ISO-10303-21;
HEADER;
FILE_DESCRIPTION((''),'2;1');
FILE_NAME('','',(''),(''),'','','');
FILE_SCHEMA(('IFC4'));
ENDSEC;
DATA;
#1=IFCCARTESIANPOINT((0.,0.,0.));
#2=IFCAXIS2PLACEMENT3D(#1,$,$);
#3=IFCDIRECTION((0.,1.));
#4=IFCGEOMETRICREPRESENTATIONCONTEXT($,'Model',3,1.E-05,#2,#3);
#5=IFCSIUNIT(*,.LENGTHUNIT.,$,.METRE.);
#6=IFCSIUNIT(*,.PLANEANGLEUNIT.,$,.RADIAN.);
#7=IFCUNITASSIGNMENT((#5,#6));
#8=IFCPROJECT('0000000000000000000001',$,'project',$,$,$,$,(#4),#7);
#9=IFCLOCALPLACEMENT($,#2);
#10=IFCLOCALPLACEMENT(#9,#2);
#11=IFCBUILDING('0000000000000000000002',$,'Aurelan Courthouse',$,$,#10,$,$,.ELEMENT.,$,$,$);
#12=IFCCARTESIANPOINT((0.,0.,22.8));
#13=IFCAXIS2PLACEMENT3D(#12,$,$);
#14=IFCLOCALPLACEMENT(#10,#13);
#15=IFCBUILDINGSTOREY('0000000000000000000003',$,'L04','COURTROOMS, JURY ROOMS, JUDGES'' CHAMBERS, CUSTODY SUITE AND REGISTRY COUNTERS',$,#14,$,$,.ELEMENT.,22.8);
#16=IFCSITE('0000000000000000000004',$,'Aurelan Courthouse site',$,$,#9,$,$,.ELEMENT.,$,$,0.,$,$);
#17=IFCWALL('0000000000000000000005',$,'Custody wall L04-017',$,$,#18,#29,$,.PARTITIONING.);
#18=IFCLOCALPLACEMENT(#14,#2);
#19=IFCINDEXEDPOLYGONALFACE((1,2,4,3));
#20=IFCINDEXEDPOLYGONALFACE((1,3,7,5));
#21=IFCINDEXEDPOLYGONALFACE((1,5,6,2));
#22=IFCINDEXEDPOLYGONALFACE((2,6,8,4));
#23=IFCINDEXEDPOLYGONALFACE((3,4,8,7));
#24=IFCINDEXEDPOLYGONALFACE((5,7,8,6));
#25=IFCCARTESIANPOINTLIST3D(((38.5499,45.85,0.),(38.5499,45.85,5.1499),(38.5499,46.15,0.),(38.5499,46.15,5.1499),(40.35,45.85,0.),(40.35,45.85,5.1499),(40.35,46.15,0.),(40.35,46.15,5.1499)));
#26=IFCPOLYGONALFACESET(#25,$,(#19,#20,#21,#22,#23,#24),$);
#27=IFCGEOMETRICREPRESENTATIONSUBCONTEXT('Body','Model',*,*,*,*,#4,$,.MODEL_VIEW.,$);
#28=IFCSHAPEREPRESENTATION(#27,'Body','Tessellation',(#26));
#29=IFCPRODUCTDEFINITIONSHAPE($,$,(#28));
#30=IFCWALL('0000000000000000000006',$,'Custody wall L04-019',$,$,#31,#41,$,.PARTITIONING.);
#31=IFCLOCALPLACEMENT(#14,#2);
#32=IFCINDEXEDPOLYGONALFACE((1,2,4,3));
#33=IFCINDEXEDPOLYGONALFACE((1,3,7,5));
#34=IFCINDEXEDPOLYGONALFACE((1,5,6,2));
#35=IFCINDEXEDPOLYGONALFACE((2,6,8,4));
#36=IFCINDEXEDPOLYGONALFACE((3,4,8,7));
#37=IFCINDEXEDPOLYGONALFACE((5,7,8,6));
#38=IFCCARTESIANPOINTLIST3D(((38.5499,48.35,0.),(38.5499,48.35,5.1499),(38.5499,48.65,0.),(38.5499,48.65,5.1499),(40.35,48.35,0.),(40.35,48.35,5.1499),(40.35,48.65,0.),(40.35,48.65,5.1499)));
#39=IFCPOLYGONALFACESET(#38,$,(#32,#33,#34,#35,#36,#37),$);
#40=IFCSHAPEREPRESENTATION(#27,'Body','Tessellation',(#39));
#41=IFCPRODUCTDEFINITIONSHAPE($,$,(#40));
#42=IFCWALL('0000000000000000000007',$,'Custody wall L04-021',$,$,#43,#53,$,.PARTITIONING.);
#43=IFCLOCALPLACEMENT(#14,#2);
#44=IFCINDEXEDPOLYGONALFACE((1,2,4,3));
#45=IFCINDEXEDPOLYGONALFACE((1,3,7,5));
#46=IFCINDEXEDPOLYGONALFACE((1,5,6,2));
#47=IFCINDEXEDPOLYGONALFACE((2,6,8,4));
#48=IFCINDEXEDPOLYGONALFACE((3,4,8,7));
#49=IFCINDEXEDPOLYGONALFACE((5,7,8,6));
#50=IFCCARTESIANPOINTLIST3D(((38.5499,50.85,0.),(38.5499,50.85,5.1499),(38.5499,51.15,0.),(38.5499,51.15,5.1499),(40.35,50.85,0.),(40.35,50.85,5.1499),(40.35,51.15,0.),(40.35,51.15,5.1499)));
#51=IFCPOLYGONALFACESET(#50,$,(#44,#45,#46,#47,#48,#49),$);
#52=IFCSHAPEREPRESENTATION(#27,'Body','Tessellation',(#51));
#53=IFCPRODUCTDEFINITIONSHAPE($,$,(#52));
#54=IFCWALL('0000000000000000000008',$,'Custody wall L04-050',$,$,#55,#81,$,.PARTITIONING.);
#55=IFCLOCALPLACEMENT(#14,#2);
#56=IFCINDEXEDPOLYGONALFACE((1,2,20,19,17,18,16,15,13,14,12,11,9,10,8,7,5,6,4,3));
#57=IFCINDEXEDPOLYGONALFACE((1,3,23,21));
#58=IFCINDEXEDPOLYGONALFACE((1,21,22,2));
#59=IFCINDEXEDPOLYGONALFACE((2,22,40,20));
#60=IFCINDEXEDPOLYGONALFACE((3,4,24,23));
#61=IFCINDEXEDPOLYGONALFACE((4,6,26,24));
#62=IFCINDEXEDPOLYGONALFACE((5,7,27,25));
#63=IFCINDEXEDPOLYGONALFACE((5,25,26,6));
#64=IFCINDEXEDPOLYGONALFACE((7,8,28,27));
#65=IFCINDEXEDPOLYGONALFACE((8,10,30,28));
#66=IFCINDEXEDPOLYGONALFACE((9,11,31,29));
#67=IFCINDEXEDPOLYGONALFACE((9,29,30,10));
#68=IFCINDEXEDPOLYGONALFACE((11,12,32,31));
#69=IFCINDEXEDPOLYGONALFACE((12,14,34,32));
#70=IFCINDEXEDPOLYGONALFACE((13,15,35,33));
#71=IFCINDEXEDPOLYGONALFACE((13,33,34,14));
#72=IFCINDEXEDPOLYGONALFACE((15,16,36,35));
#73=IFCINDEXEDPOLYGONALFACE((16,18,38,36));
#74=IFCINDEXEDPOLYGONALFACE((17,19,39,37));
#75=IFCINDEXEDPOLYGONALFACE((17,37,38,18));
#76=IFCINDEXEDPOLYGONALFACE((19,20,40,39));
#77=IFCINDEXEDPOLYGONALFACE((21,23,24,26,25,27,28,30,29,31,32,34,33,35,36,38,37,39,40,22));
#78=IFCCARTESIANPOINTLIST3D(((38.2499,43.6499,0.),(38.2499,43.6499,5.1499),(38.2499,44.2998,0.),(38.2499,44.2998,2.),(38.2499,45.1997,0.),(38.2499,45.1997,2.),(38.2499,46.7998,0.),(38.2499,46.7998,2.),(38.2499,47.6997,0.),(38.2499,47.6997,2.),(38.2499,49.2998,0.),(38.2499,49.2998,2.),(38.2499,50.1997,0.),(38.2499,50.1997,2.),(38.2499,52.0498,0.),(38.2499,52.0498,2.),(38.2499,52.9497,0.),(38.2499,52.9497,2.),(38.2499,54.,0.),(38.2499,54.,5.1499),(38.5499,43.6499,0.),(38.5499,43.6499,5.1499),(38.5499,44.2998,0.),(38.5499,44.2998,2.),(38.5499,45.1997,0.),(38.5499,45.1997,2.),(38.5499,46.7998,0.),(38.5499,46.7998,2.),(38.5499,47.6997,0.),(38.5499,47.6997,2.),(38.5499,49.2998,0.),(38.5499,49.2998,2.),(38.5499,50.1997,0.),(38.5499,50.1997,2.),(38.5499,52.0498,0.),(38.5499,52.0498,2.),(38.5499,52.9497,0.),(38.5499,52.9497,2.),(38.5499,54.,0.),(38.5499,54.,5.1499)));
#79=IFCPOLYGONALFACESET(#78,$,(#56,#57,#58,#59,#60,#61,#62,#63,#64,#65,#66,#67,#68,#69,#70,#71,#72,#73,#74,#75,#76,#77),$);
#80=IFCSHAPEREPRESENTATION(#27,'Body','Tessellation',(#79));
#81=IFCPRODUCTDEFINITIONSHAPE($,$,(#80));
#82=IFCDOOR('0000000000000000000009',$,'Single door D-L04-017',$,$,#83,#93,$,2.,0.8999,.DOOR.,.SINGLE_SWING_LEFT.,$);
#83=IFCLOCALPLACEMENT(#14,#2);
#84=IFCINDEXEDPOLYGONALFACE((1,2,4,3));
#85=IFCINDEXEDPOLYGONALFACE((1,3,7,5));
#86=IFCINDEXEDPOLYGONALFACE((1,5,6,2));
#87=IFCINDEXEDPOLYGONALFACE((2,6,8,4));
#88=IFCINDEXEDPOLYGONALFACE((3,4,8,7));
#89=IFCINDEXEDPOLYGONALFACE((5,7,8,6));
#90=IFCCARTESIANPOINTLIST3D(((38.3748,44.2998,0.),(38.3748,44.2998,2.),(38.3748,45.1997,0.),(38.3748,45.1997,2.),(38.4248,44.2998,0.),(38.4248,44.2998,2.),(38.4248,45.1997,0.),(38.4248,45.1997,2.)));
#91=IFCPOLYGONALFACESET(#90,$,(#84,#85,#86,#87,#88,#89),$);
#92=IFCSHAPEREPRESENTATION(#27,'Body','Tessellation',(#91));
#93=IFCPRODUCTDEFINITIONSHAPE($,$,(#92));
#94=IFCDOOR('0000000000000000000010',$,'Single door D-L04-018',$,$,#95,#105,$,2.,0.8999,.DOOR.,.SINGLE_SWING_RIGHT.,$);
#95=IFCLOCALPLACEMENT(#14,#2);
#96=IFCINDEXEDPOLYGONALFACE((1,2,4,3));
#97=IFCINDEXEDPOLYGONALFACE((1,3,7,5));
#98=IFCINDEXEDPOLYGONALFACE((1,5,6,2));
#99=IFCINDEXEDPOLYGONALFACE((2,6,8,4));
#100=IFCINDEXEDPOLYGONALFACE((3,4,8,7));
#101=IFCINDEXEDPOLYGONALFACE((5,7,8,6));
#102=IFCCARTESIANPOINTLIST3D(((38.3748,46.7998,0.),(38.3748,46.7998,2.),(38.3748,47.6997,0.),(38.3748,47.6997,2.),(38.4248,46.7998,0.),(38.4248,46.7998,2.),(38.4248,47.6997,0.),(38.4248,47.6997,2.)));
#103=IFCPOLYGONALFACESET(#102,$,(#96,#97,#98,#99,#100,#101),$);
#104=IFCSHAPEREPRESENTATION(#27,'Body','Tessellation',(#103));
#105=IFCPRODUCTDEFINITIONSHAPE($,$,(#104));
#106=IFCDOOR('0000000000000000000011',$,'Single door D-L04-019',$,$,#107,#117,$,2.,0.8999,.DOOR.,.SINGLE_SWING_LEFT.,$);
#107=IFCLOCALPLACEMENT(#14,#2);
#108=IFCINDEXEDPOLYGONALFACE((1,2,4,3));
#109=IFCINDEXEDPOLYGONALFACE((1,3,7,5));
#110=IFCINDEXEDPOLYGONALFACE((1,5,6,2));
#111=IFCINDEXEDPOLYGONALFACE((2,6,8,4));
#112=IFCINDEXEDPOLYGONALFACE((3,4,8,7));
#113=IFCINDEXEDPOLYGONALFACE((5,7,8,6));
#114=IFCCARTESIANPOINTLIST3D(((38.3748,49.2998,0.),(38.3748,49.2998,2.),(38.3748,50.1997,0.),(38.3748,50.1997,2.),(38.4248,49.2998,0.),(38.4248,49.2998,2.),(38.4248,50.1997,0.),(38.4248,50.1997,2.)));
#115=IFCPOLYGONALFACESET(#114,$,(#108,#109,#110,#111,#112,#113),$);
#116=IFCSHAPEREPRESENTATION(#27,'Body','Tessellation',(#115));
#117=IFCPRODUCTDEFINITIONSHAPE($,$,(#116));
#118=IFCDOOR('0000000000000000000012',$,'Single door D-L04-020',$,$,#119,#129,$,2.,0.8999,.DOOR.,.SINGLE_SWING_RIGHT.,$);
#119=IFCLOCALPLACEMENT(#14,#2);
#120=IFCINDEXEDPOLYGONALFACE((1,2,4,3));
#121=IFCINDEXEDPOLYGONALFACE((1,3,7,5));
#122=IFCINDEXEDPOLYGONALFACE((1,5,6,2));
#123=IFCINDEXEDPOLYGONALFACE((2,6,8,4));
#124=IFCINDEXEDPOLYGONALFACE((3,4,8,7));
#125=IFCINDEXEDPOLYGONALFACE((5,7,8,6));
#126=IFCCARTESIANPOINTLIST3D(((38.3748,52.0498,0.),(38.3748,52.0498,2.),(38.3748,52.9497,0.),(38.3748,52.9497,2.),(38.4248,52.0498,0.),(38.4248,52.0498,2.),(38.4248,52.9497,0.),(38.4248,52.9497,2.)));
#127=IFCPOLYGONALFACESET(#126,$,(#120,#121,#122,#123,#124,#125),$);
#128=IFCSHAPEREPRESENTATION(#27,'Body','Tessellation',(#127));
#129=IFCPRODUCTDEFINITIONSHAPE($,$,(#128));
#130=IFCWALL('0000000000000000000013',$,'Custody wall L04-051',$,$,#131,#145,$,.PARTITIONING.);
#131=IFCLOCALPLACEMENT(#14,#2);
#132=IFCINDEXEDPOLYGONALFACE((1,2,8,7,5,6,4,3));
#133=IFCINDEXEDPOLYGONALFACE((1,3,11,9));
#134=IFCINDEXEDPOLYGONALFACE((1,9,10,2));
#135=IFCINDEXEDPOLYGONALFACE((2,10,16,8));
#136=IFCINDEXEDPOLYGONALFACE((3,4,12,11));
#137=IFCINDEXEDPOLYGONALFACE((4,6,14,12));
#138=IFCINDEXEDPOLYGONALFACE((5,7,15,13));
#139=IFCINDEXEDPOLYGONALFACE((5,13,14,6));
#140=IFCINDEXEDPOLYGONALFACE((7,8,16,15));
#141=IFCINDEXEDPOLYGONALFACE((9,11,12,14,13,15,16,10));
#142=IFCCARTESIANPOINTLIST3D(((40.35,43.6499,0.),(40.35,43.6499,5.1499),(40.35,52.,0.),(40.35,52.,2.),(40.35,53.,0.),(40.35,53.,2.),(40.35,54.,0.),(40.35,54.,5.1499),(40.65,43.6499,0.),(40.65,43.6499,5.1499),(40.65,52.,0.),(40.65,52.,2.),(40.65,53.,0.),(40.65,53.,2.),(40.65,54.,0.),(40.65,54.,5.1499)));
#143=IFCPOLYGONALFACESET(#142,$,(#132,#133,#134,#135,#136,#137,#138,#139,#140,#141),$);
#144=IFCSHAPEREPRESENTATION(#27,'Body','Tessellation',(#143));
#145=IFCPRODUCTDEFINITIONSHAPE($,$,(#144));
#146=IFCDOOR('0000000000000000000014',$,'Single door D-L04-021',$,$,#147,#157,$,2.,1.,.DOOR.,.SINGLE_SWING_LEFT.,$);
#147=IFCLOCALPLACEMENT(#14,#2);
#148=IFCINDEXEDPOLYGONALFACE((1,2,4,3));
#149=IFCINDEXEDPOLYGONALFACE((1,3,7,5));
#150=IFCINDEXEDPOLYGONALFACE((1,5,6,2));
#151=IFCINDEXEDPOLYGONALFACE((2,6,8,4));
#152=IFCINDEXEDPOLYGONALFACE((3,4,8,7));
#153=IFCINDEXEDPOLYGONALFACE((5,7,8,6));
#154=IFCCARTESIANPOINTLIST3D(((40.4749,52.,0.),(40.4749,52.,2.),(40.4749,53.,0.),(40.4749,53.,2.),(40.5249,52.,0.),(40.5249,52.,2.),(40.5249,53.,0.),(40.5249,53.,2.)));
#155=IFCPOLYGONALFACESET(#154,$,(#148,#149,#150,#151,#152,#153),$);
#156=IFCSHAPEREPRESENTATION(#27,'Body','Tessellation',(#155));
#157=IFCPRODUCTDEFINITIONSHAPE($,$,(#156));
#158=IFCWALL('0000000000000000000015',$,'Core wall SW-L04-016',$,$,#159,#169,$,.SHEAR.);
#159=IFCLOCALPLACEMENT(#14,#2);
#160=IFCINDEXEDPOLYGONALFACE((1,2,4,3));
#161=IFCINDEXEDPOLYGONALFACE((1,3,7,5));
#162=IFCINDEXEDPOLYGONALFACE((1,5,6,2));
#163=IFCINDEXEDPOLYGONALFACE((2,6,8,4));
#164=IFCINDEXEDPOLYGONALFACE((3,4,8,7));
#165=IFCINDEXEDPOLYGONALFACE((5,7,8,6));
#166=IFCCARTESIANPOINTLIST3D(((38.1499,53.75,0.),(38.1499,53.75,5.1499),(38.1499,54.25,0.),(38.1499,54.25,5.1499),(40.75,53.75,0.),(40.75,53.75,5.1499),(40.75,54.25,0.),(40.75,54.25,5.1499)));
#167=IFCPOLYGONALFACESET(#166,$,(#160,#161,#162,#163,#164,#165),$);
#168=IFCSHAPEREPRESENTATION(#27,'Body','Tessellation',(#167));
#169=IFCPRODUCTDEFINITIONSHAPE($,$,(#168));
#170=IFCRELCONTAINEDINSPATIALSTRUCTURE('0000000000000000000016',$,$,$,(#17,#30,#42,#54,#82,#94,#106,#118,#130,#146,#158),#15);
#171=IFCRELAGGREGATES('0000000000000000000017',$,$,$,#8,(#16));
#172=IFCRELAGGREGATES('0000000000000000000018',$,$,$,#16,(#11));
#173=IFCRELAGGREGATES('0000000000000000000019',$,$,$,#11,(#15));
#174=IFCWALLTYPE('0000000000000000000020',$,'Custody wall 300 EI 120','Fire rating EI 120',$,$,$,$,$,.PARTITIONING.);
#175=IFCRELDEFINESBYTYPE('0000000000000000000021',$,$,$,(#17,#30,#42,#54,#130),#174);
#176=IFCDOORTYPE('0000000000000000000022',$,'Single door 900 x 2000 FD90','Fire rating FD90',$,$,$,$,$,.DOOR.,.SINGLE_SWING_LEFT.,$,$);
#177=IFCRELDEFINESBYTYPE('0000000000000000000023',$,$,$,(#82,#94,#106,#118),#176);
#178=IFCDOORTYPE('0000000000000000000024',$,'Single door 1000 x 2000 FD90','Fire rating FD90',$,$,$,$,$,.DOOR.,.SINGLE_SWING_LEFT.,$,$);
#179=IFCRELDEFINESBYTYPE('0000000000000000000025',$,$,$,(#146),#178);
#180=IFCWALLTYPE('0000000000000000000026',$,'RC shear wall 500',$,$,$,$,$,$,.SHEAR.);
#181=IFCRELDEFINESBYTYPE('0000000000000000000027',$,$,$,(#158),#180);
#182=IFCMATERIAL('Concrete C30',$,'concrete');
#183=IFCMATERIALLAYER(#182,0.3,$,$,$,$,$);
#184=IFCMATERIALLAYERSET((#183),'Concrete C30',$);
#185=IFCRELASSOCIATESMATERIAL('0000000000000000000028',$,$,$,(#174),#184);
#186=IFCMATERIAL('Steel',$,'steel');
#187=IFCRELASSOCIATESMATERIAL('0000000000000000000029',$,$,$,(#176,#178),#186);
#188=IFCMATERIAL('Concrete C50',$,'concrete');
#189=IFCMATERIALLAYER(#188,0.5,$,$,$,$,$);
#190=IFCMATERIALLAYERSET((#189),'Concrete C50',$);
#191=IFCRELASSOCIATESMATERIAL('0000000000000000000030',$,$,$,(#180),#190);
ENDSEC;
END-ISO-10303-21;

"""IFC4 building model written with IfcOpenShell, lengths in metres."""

from ifc_helpers import new_model, si_unit, direction, frame, frame_2d, origin, place, context, subcontext, project, spatial, rectangle, extrude, material, layer, layer_set, type_object, element, fill, save


model = new_model("IFC4")

# Units and contexts
model_context = context("Model", 3, precision=1e-05, world=origin(), true_north=direction((0.0, 1.0)))
body_context = subcontext(model_context, "Body", "Model", "MODEL_VIEW")
ifc_project = project(units=[si_unit("LENGTHUNIT", "METRE"), si_unit("PLANEANGLEUNIT", "RADIAN")], contexts=[model_context])

# Site, building, storey
site_placement = place(None, origin())
site = spatial("IfcSite", under=ifc_project, at=site_placement, Name="Aurelan Courthouse site", CompositionType="ELEMENT", RefElevation=0.0)
building_placement = place(site_placement, origin())
building = spatial("IfcBuilding", under=site, at=building_placement, Name="Aurelan Courthouse", CompositionType="ELEMENT")
storey_placement = place(building_placement, frame((0.0, 0.0, 22.8)))
storey = spatial("IfcBuildingStorey", under=building, at=storey_placement, Name="L04", Description="COURTROOMS, JURY ROOMS, JUDGES' CHAMBERS, CUSTODY SUITE AND REGISTRY COUNTERS", CompositionType="ELEMENT", Elevation=22.8)

# Shared definitions
ifc_material_1 = material(Name="Concrete C50", Category="concrete")

# Shared definitions
ifc_material_2 = material(Name="Concrete C30", Category="concrete")

# Shared definitions
ifc_material_3 = material(Name="Steel", Category="steel")

# Walls
ifc_layer_1 = layer(ifc_material_2, 0.3)
ifc_layer_set_1 = layer_set([ifc_layer_1], Name="Concrete C30")
wall_type_1 = type_object("IfcWallType", Name="Custody wall 300 EI 120", Description="Fire rating EI 120", PredefinedType="PARTITIONING", material=ifc_layer_set_1)
for number, where, z_axis, x_axis, name in (
    (1, (38.55, 46.0, 0.0), (0.0, 0.0, 1.0), (1.0, 0.0, 0.0), "Custody wall L04-017"),
    (2, (38.55, 48.5, 0.0), (0.0, 0.0, 1.0), (1.0, 0.0, 0.0), "Custody wall L04-019"),
    (3, (38.55, 51.0, 0.0), (0.0, 0.0, 1.0), (1.0, 0.0, 0.0), "Custody wall L04-021"),
):
    element("IfcWall", number, at=place(storey_placement, frame(where, z_axis=z_axis, x_axis=x_axis)), inside=storey, type_object=wall_type_1, Name=name, PredefinedType="PARTITIONING", context=body_context, shape_type="SweptSolid", body=[
        extrude(rectangle(XDim=1.8, YDim=0.3, at=frame_2d((0.8999, 0.0))), origin(), (0.0, 0.0, 1.0), 5.1499),
    ])

# Wall, openings, doors
wall_1_placement = place(storey_placement, frame((38.3999, 43.6499, 0.0), z_axis=(0.0, 0.0, 1.0), x_axis=(0.0, 1.0, 0.0)))
wall_1 = element("IfcWall", 4, at=wall_1_placement, inside=storey, type_object=wall_type_1, Name="Custody wall L04-050", PredefinedType="PARTITIONING", context=body_context, shape_type="SweptSolid", body=[
    extrude(rectangle(XDim=10.3501, YDim=0.3, at=frame_2d((5.175, 0.0))), origin(), (0.0, 0.0, 1.0), 5.1499),
])
opening_1_placement = place(wall_1_placement, frame((1.5498, 0.0, 0.0), z_axis=(0.0, 0.0, 1.0), x_axis=(-1.0, 0.0, 0.0)))
opening_1 = element("IfcOpeningElement", 5, at=opening_1_placement, cuts=wall_1, PredefinedType="OPENING", context=body_context, shape_type="SweptSolid", body=[
    extrude(rectangle(XDim=0.8999, YDim=2.0, at=frame_2d((0.45, 1.0))), frame((0.0, 0.1599, 0.0), z_axis=(0.0, -1.0, 0.0), x_axis=(1.0, 0.0, 0.0)), (0.0, 0.0, 1.0), 0.3201),
])
opening_2_placement = place(wall_1_placement, frame((4.0498, 0.0, 0.0), z_axis=(0.0, 0.0, 1.0), x_axis=(-1.0, 0.0, 0.0)))
opening_2 = element("IfcOpeningElement", 6, at=opening_2_placement, cuts=wall_1, PredefinedType="OPENING", context=body_context, shape_type="SweptSolid", body=[
    extrude(rectangle(XDim=0.8999, YDim=2.0, at=frame_2d((0.45, 1.0))), frame((0.0, 0.1599, 0.0), z_axis=(0.0, -1.0, 0.0), x_axis=(1.0, 0.0, 0.0)), (0.0, 0.0, 1.0), 0.3201),
])
opening_3_placement = place(wall_1_placement, frame((6.5498, 0.0, 0.0), z_axis=(0.0, 0.0, 1.0), x_axis=(-1.0, 0.0, 0.0)))
opening_3 = element("IfcOpeningElement", 7, at=opening_3_placement, cuts=wall_1, PredefinedType="OPENING", context=body_context, shape_type="SweptSolid", body=[
    extrude(rectangle(XDim=0.8999, YDim=2.0, at=frame_2d((0.45, 1.0))), frame((0.0, 0.1599, 0.0), z_axis=(0.0, -1.0, 0.0), x_axis=(1.0, 0.0, 0.0)), (0.0, 0.0, 1.0), 0.3201),
])
opening_4_placement = place(wall_1_placement, frame((9.2998, 0.0, 0.0), z_axis=(0.0, 0.0, 1.0), x_axis=(-1.0, 0.0, 0.0)))
opening_4 = element("IfcOpeningElement", 8, at=opening_4_placement, cuts=wall_1, PredefinedType="OPENING", context=body_context, shape_type="SweptSolid", body=[
    extrude(rectangle(XDim=0.8999, YDim=2.0, at=frame_2d((0.45, 1.0))), frame((0.0, 0.1599, 0.0), z_axis=(0.0, -1.0, 0.0), x_axis=(1.0, 0.0, 0.0)), (0.0, 0.0, 1.0), 0.3201),
])
door_type_1 = type_object("IfcDoorType", Name="Single door 900 x 2000 FD90", Description="Fire rating FD90", OperationType="SINGLE_SWING_LEFT", PredefinedType="DOOR", material=ifc_material_3)
door_1_placement = place(opening_1_placement, origin())
door_1 = element("IfcDoor", 9, at=door_1_placement, inside=storey, type_object=door_type_1, Name="Single door D-L04-017", OperationType="SINGLE_SWING_LEFT", OverallHeight=2.0, OverallWidth=0.8999, PredefinedType="DOOR", context=body_context, shape_type="SweptSolid", body=[
    extrude(rectangle(XDim=0.8999, YDim=2.0, at=frame_2d((0.45, 1.0))), frame((0.0, 0.0249, 0.0), z_axis=(0.0, -1.0, 0.0), x_axis=(1.0, 0.0, 0.0)), (0.0, 0.0, 1.0), 0.05),
])
fill(opening_1, door_1)
door_2_placement = place(opening_2_placement, origin())
door_2 = element("IfcDoor", 10, at=door_2_placement, inside=storey, type_object=door_type_1, Name="Single door D-L04-018", OperationType="SINGLE_SWING_RIGHT", OverallHeight=2.0, OverallWidth=0.8999, PredefinedType="DOOR", context=body_context, shape_type="SweptSolid", body=[
    extrude(rectangle(XDim=0.8999, YDim=2.0, at=frame_2d((0.45, 1.0))), frame((0.0, 0.0249, 0.0), z_axis=(0.0, -1.0, 0.0), x_axis=(1.0, 0.0, 0.0)), (0.0, 0.0, 1.0), 0.05),
])
fill(opening_2, door_2)
door_3_placement = place(opening_3_placement, origin())
door_3 = element("IfcDoor", 11, at=door_3_placement, inside=storey, type_object=door_type_1, Name="Single door D-L04-019", OperationType="SINGLE_SWING_LEFT", OverallHeight=2.0, OverallWidth=0.8999, PredefinedType="DOOR", context=body_context, shape_type="SweptSolid", body=[
    extrude(rectangle(XDim=0.8999, YDim=2.0, at=frame_2d((0.45, 1.0))), frame((0.0, 0.0249, 0.0), z_axis=(0.0, -1.0, 0.0), x_axis=(1.0, 0.0, 0.0)), (0.0, 0.0, 1.0), 0.05),
])
fill(opening_3, door_3)
door_4_placement = place(opening_4_placement, origin())
door_4 = element("IfcDoor", 12, at=door_4_placement, inside=storey, type_object=door_type_1, Name="Single door D-L04-020", OperationType="SINGLE_SWING_RIGHT", OverallHeight=2.0, OverallWidth=0.8999, PredefinedType="DOOR", context=body_context, shape_type="SweptSolid", body=[
    extrude(rectangle(XDim=0.8999, YDim=2.0, at=frame_2d((0.45, 1.0))), frame((0.0, 0.0249, 0.0), z_axis=(0.0, -1.0, 0.0), x_axis=(1.0, 0.0, 0.0)), (0.0, 0.0, 1.0), 0.05),
])
fill(opening_4, door_4)

# Wall, opening, door
wall_2_placement = place(storey_placement, frame((40.5, 43.6499, 0.0), z_axis=(0.0, 0.0, 1.0), x_axis=(0.0, 1.0, 0.0)))
wall_2 = element("IfcWall", 13, at=wall_2_placement, inside=storey, type_object=wall_type_1, Name="Custody wall L04-051", PredefinedType="PARTITIONING", context=body_context, shape_type="SweptSolid", body=[
    extrude(rectangle(XDim=10.3501, YDim=0.3, at=frame_2d((5.175, 0.0))), origin(), (0.0, 0.0, 1.0), 5.1499),
])
opening_5_placement = place(wall_2_placement, frame((9.3501, 0.0, 0.0), z_axis=(0.0, 0.0, 1.0), x_axis=(-1.0, 0.0, 0.0)))
opening_5 = element("IfcOpeningElement", 14, at=opening_5_placement, cuts=wall_2, PredefinedType="OPENING", context=body_context, shape_type="SweptSolid", body=[
    extrude(rectangle(XDim=1.0, YDim=2.0, at=frame_2d((0.5, 1.0))), frame((0.0, 0.1599, 0.0), z_axis=(0.0, -1.0, 0.0), x_axis=(1.0, 0.0, 0.0)), (0.0, 0.0, 1.0), 0.3201),
])
door_type_2 = type_object("IfcDoorType", Name="Single door 1000 x 2000 FD90", Description="Fire rating FD90", OperationType="SINGLE_SWING_LEFT", PredefinedType="DOOR", material=ifc_material_3)
door_5_placement = place(opening_5_placement, origin())
door_5 = element("IfcDoor", 15, at=door_5_placement, inside=storey, type_object=door_type_2, Name="Single door D-L04-021", OperationType="SINGLE_SWING_LEFT", OverallHeight=2.0, OverallWidth=1.0, PredefinedType="DOOR", context=body_context, shape_type="SweptSolid", body=[
    extrude(rectangle(XDim=1.0, YDim=2.0, at=frame_2d((0.5, 1.0))), frame((0.0, 0.0249, 0.0), z_axis=(0.0, -1.0, 0.0), x_axis=(1.0, 0.0, 0.0)), (0.0, 0.0, 1.0), 0.05),
])
fill(opening_5, door_5)

# Wall
ifc_layer_2 = layer(ifc_material_1, 0.5)
ifc_layer_set_2 = layer_set([ifc_layer_2], Name="Concrete C50")
wall_type_2 = type_object("IfcWallType", Name="RC shear wall 500", PredefinedType="SHEAR", material=ifc_layer_set_2)
wall_3_placement = place(storey_placement, frame((38.1499, 54.0, 0.0), z_axis=(0.0, 0.0, 1.0), x_axis=(1.0, 0.0, 0.0)))
element("IfcWall", 16, at=wall_3_placement, inside=storey, type_object=wall_type_2, Name="Core wall SW-L04-016", PredefinedType="SHEAR", context=body_context, shape_type="SweptSolid", body=[
    extrude(rectangle(XDim=2.6001, YDim=0.5, at=frame_2d((1.3, 0.0))), origin(), (0.0, 0.0, 1.0), 5.1499),
])

save(model, "model.ifc")
